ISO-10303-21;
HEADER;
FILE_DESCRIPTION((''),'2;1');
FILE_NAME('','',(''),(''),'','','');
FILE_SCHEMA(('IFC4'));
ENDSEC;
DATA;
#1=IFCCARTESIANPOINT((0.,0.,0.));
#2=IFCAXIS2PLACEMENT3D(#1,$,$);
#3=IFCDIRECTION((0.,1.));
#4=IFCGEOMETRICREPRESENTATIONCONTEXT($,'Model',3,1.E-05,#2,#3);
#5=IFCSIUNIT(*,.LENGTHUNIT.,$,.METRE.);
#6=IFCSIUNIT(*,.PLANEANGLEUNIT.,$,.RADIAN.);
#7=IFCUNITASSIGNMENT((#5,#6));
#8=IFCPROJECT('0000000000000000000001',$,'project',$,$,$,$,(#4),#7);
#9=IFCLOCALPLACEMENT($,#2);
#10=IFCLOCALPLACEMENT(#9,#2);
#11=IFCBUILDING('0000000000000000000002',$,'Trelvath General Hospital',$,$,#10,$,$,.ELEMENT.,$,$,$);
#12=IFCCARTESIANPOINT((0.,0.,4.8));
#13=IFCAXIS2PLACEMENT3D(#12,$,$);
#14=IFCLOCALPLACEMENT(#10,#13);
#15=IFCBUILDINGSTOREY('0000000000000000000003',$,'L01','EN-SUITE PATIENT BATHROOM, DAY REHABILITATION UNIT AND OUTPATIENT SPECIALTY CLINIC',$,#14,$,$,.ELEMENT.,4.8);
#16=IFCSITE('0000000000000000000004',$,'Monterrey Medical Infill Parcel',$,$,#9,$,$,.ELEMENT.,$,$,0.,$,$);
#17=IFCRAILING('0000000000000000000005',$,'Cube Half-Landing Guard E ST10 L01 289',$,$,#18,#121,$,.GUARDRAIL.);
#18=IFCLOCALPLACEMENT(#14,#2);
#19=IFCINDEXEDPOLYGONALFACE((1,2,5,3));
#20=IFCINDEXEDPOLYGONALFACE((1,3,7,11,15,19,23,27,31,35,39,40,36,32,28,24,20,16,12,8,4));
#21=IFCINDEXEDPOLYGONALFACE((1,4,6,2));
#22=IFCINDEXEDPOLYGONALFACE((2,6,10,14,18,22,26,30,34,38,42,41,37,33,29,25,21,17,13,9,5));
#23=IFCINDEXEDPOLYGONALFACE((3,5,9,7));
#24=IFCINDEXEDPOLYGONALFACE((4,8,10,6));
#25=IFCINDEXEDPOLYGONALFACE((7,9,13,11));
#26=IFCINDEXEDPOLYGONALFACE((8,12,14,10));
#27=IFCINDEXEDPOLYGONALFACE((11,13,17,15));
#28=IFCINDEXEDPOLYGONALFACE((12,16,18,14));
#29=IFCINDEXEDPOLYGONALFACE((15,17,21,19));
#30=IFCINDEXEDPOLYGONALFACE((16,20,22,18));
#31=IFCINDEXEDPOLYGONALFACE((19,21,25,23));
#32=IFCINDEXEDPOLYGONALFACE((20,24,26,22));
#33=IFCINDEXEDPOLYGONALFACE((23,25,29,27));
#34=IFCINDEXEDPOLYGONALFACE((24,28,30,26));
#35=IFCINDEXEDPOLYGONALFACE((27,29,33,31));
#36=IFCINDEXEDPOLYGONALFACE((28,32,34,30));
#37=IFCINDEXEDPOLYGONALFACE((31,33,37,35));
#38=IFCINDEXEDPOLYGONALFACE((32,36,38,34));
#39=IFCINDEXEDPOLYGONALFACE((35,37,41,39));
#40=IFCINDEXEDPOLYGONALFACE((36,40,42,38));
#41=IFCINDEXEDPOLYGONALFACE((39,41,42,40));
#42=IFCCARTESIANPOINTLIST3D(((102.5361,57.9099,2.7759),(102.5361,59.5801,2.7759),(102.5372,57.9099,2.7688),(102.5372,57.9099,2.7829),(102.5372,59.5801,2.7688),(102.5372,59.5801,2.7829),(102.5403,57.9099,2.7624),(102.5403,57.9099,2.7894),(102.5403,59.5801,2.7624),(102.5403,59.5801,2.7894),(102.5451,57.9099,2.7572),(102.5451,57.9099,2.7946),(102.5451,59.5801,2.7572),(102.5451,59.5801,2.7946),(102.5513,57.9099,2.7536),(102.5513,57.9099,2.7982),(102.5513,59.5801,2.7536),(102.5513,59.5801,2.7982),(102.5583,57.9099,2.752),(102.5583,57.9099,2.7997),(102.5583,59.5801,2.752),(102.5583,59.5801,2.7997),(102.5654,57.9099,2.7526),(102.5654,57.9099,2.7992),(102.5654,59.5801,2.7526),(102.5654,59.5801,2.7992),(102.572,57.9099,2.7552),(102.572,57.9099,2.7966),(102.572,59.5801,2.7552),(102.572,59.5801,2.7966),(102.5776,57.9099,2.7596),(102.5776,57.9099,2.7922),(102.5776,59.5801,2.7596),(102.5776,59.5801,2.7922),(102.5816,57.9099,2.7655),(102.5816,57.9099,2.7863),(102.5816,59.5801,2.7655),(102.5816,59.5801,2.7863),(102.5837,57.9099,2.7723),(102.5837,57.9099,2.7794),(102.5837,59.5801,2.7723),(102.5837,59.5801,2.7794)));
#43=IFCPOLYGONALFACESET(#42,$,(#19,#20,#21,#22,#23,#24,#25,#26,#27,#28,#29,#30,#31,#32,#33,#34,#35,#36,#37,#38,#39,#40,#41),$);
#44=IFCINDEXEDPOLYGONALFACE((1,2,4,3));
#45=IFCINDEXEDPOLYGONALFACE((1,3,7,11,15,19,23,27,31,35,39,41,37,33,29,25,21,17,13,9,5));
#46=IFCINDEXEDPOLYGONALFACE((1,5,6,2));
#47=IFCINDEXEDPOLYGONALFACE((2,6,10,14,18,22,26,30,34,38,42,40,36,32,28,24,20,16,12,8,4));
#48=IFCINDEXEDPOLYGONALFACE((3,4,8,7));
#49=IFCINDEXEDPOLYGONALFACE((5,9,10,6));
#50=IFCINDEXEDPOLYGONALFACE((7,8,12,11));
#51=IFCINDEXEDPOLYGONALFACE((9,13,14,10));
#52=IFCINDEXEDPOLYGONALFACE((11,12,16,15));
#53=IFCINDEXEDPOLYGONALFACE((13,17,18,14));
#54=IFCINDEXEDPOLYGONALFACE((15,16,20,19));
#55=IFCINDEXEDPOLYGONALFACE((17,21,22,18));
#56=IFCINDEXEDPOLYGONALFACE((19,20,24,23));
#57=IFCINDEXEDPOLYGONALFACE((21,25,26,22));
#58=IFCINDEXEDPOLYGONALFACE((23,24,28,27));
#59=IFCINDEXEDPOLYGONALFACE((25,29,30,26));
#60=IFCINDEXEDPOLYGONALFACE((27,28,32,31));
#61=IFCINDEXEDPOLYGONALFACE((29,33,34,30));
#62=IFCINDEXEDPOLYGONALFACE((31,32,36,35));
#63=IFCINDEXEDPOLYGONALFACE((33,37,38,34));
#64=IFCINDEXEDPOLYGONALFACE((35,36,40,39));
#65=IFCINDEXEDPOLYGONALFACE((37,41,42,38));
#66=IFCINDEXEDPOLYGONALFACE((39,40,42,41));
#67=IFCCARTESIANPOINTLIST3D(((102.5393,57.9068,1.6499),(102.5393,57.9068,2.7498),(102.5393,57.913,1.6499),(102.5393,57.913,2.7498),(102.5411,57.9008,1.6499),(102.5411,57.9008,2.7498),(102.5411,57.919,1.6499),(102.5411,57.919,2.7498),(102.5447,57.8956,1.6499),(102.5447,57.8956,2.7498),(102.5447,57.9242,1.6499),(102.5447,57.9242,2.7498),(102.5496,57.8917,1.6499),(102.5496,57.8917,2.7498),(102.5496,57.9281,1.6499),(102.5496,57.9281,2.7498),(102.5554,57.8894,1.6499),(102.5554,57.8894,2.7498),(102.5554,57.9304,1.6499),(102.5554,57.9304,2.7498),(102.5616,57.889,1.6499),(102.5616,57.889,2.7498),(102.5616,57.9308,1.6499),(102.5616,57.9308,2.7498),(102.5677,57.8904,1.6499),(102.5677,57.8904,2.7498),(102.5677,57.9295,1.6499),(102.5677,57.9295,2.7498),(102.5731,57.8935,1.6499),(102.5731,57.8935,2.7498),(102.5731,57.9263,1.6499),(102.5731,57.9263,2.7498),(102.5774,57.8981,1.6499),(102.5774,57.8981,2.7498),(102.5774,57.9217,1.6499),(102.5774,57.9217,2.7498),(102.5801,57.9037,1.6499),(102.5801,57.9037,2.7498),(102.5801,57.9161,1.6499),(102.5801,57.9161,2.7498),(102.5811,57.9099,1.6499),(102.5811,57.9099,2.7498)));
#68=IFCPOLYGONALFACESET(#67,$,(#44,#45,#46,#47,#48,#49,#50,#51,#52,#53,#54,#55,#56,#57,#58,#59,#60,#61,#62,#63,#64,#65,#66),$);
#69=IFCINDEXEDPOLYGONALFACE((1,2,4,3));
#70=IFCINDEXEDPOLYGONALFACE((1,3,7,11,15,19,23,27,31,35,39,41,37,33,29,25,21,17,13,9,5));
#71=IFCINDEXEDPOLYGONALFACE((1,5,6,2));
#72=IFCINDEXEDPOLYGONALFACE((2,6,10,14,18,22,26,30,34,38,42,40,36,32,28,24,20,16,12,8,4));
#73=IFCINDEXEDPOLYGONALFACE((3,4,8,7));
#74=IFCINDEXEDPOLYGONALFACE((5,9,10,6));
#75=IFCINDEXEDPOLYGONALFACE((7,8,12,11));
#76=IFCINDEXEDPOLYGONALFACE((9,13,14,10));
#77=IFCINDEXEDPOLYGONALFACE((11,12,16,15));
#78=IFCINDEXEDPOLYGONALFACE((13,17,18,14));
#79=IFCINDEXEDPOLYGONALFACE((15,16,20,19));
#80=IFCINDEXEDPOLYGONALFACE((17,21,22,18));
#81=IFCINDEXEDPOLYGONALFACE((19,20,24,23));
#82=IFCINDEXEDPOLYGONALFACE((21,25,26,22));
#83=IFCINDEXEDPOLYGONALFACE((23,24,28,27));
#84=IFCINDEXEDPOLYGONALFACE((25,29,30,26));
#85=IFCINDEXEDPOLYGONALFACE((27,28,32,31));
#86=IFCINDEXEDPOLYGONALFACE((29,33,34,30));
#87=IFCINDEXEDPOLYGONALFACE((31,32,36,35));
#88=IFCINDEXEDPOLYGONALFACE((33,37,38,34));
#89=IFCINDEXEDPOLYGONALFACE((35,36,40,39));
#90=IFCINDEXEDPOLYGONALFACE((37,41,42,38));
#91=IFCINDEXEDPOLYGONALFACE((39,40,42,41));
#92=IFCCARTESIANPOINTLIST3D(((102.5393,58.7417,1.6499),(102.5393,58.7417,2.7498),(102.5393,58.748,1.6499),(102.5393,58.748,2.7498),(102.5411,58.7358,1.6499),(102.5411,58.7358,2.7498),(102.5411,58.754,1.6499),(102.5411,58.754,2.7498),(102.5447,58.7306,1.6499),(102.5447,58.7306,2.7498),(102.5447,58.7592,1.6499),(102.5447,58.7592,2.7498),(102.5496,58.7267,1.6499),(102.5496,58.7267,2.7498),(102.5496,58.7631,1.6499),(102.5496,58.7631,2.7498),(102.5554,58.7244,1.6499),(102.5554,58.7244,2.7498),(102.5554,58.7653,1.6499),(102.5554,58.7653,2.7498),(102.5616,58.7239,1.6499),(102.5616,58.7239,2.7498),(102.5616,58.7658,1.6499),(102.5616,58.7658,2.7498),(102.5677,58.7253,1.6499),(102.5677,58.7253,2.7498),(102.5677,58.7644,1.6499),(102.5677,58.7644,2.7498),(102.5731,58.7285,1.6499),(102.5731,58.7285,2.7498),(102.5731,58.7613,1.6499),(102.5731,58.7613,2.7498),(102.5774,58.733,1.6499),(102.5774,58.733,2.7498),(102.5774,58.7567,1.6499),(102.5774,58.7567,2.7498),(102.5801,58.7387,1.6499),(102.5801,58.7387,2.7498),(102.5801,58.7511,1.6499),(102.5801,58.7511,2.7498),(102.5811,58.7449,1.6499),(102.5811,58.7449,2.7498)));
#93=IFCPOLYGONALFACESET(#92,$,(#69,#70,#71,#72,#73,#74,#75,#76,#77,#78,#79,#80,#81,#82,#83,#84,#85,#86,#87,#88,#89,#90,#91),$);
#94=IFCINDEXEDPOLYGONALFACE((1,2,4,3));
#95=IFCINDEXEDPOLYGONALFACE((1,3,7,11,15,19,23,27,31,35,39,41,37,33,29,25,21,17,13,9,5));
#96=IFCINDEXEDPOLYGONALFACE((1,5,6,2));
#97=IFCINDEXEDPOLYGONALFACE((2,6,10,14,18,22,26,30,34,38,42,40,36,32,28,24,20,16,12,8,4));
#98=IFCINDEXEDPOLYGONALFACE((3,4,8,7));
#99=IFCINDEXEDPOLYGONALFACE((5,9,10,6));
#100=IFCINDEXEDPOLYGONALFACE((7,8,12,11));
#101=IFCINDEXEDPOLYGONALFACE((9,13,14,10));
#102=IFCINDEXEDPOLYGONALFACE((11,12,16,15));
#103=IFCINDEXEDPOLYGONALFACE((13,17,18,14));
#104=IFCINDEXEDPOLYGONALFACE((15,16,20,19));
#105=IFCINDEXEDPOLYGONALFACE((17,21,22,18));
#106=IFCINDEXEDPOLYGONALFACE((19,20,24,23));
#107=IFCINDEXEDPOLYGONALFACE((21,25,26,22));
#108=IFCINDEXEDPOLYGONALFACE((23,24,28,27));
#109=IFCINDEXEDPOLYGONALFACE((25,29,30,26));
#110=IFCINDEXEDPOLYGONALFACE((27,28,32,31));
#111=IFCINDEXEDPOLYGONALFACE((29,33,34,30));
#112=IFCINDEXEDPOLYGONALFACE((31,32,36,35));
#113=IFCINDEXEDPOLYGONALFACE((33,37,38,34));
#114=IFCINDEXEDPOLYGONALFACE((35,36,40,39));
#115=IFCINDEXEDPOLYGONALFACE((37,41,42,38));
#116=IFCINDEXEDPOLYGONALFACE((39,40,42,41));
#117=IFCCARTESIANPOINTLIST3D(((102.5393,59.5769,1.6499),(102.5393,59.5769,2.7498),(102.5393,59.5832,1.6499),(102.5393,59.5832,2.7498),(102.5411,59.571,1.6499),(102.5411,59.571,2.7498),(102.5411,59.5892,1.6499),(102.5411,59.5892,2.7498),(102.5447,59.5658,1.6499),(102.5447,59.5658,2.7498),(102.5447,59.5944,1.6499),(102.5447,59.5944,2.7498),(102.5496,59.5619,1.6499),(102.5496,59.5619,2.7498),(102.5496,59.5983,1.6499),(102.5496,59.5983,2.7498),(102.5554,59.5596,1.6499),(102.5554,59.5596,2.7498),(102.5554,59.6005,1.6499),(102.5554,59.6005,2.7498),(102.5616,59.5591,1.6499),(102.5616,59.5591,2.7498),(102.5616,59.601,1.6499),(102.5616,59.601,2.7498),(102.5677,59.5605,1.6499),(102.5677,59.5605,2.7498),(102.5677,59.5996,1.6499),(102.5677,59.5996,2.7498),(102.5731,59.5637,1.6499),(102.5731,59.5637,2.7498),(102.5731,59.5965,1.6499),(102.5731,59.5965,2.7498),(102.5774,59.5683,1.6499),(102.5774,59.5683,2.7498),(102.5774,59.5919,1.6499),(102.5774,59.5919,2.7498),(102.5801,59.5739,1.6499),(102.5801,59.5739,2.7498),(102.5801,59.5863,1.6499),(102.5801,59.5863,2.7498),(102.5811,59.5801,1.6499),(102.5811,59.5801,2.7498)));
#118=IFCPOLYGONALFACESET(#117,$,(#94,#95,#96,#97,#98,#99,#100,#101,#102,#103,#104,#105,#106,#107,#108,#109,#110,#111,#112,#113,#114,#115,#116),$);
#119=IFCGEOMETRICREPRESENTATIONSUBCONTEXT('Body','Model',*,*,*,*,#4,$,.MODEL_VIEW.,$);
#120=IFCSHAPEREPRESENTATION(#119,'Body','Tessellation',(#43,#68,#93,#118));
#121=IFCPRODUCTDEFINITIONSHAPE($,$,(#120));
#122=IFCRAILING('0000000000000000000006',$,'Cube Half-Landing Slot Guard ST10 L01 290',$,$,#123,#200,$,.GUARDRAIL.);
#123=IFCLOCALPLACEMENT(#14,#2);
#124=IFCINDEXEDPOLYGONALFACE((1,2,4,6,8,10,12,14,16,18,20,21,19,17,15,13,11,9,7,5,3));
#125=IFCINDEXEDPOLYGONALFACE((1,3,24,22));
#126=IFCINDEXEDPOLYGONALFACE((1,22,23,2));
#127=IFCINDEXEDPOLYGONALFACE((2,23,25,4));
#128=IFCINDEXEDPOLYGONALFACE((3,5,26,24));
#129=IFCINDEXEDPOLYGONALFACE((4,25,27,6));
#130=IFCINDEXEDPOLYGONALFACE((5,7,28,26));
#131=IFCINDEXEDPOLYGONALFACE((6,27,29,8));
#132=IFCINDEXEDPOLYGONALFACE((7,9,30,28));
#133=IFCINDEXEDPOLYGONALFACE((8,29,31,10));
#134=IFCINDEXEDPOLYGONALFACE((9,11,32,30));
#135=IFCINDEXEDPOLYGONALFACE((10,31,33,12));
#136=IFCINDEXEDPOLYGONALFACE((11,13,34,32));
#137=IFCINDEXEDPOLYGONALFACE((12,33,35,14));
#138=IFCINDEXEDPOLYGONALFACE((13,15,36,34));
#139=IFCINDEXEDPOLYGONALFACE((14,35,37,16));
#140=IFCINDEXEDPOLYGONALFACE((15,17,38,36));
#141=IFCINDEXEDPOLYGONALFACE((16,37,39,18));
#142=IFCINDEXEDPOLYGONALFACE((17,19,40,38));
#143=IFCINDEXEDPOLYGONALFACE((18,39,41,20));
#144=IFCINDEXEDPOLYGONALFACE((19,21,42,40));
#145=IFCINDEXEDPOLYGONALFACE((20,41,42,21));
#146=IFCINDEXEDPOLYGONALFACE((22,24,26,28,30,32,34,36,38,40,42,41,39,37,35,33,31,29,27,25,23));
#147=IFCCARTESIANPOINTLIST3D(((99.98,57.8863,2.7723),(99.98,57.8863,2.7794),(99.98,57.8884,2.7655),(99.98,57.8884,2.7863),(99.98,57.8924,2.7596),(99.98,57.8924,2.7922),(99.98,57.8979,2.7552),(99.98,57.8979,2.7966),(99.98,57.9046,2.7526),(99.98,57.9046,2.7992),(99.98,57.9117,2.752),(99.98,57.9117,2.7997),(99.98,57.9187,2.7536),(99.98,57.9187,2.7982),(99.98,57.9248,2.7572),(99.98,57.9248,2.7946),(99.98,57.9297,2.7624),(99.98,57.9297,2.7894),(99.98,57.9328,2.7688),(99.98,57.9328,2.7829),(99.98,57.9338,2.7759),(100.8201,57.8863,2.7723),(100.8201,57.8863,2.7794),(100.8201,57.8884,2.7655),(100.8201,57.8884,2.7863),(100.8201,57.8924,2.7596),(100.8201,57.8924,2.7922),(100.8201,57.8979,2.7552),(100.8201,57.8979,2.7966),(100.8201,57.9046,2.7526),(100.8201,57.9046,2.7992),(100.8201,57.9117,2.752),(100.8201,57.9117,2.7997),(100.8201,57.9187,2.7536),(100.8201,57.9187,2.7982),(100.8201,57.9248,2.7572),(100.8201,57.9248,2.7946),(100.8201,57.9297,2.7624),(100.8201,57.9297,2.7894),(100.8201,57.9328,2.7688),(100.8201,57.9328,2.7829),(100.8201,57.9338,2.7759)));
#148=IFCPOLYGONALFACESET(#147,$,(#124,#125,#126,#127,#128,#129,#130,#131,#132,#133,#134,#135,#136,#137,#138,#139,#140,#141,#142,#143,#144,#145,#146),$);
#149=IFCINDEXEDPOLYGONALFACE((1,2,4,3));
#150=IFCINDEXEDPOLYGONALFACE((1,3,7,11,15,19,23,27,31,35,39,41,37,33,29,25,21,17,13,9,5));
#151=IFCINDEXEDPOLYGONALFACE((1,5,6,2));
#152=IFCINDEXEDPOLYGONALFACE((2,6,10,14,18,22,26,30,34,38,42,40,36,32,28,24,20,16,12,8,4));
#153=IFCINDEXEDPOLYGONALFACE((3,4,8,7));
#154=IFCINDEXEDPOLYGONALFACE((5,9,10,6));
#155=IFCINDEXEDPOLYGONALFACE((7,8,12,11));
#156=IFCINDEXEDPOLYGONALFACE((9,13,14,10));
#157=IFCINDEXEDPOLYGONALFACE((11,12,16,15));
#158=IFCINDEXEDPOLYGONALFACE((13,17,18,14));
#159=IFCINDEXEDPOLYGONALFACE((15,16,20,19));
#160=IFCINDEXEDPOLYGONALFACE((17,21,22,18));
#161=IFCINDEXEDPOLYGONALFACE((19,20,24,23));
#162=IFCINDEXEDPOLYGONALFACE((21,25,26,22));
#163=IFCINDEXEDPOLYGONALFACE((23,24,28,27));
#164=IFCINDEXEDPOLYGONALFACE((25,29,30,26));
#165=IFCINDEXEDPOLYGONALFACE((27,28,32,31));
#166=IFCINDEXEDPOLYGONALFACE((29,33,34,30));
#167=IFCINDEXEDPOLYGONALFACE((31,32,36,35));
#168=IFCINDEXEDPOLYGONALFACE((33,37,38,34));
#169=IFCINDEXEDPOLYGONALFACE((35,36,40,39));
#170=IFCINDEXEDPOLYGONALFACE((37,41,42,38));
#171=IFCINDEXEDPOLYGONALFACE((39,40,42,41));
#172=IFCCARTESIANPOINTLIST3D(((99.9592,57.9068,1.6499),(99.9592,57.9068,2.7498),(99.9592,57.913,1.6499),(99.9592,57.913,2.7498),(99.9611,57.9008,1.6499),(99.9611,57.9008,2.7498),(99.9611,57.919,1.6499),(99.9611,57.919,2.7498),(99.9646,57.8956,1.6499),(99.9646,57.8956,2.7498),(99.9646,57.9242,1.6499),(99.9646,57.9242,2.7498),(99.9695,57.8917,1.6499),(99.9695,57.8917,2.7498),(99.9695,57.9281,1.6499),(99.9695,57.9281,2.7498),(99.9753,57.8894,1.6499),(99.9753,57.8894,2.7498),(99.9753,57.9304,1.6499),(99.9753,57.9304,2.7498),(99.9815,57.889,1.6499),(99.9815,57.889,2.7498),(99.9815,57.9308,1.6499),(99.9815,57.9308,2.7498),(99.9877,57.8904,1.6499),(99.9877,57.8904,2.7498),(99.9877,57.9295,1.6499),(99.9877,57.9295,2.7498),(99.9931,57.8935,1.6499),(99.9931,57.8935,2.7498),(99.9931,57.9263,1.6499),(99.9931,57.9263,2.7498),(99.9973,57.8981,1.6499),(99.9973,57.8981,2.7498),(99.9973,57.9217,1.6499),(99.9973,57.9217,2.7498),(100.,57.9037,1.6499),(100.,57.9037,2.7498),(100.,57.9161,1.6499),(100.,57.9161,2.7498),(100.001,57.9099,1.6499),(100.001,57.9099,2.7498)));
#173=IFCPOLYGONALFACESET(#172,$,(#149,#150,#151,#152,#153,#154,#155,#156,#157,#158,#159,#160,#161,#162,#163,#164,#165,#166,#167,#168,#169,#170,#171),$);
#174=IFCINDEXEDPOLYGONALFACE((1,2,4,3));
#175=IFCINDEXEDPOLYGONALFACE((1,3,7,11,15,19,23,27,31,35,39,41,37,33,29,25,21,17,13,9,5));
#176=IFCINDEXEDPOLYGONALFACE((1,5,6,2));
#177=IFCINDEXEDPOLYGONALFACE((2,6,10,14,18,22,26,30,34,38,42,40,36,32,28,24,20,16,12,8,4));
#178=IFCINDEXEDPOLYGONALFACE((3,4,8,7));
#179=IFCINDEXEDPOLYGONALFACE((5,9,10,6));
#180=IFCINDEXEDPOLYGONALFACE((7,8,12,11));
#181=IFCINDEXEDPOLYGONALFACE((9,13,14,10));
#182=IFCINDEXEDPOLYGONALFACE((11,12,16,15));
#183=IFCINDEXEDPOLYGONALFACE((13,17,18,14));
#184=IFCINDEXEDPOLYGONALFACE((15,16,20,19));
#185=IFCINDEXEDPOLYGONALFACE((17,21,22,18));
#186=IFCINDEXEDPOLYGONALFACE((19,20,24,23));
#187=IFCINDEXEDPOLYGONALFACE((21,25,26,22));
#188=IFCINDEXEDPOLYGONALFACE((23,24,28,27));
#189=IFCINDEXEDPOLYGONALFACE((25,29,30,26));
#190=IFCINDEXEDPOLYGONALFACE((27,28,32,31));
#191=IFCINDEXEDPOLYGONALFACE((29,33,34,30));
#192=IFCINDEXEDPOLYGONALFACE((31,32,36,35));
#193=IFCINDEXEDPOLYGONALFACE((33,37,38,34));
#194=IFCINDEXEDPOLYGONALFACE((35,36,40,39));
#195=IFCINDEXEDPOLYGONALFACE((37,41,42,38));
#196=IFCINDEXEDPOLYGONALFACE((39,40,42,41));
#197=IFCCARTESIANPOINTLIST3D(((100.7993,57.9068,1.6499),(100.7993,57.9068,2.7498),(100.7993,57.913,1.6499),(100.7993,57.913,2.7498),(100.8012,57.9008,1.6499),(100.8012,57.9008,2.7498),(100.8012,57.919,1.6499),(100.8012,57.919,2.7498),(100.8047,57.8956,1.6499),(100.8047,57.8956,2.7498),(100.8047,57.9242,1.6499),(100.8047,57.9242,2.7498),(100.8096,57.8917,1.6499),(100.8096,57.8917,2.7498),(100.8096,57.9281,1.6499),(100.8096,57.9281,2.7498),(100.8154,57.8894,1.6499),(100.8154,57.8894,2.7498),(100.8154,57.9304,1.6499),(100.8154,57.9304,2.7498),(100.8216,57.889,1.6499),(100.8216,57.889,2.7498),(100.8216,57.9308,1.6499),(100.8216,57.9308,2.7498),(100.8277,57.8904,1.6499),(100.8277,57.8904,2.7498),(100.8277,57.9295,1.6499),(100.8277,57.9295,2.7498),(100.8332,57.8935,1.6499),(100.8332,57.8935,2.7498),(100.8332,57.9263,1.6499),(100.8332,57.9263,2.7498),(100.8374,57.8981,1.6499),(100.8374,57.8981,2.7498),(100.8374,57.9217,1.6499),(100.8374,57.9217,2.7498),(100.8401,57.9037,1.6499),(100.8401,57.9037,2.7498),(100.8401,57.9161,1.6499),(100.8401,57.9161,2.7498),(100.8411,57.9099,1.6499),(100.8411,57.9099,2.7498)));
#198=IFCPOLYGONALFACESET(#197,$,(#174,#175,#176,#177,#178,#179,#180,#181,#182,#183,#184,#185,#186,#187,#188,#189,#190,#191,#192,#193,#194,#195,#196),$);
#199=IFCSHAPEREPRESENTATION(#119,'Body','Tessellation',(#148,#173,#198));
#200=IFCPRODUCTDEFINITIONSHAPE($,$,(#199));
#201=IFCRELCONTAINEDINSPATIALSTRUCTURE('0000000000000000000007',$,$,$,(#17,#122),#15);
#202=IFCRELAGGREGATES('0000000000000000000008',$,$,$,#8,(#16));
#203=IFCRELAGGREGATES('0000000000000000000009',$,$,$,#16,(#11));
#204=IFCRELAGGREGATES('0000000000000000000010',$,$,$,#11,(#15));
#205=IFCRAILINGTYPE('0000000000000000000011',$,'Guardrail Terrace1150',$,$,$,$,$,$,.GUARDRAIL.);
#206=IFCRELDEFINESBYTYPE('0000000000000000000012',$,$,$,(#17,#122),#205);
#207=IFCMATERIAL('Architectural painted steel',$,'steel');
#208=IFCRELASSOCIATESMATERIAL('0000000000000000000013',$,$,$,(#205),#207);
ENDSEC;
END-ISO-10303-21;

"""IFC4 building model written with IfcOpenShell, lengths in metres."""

from ifc_helpers import new_model, si_unit, direction, frame, origin, origin_2d, place, context, subcontext, project, spatial, circle, extrude, material, type_object, element, save


model = new_model("IFC4")

# Units and contexts
model_context = context("Model", 3, precision=1e-05, world=origin(), true_north=direction((0.0, 1.0)))
body_context = subcontext(model_context, "Body", "Model", "MODEL_VIEW")
ifc_project = project(units=[si_unit("LENGTHUNIT", "METRE"), si_unit("PLANEANGLEUNIT", "RADIAN")], contexts=[model_context])

# Site, building, storey
site_placement = place(None, origin())
site = spatial("IfcSite", under=ifc_project, at=site_placement, Name="Monterrey Medical Infill Parcel", CompositionType="ELEMENT", RefElevation=0.0)
building_placement = place(site_placement, origin())
building = spatial("IfcBuilding", under=site, at=building_placement, Name="Trelvath General Hospital", CompositionType="ELEMENT")
storey_placement = place(building_placement, frame((0.0, 0.0, 4.8)))
storey = spatial("IfcBuildingStorey", under=building, at=storey_placement, Name="L01", Description="EN-SUITE PATIENT BATHROOM, DAY REHABILITATION UNIT AND OUTPATIENT SPECIALTY CLINIC", CompositionType="ELEMENT", Elevation=4.8)

# Railings
ifc_material_1 = material(Name="Architectural painted steel", Category="steel")
railing_type = type_object("IfcRailingType", Name="Guardrail Terrace1150", PredefinedType="GUARDRAIL", material=ifc_material_1)
railing_1_placement = place(storey_placement, frame((102.5601, 57.9099, 1.6499)))
element("IfcRailing", 1, at=railing_1_placement, inside=storey, type_object=railing_type, Name="Cube Half-Landing Guard E ST10 L01 289", PredefinedType="GUARDRAIL", context=body_context, shape_type="SweptSolid", body=[
    extrude(circle(Radius=0.0239, at=origin_2d()), frame((0.0, 0.0, 1.126), z_axis=(0.0, 1.0, 0.0), x_axis=(-1.0, 0.0, 0.0)), (0.0, 0.0, 1.0), 1.6702),
    extrude(circle(Radius=0.021, at=origin_2d()), origin(), (0.0, 0.0, 1.0), 1.0999),
    extrude(circle(Radius=0.021, at=origin_2d()), frame((0.0, 0.835, 0.0)), (0.0, 0.0, 1.0), 1.0999),
    extrude(circle(Radius=0.021, at=origin_2d()), frame((0.0, 1.6702, 0.0)), (0.0, 0.0, 1.0), 1.0999),
])
railing_2_placement = place(storey_placement, frame((99.98, 57.9099, 1.6499)))
element("IfcRailing", 2, at=railing_2_placement, inside=storey, type_object=railing_type, Name="Cube Half-Landing Slot Guard ST10 L01 290", PredefinedType="GUARDRAIL", context=body_context, shape_type="SweptSolid", body=[
    extrude(circle(Radius=0.0239, at=origin_2d()), frame((0.0, 0.0, 1.126), z_axis=(1.0, 0.0, 0.0), x_axis=(0.0, 1.0, 0.0)), (0.0, 0.0, 1.0), 0.8401),
    extrude(circle(Radius=0.021, at=origin_2d()), origin(), (0.0, 0.0, 1.0), 1.0999),
    extrude(circle(Radius=0.021, at=origin_2d()), frame((0.8401, 0.0, 0.0)), (0.0, 0.0, 1.0), 1.0999),
])

save(model, "model.ifc")
